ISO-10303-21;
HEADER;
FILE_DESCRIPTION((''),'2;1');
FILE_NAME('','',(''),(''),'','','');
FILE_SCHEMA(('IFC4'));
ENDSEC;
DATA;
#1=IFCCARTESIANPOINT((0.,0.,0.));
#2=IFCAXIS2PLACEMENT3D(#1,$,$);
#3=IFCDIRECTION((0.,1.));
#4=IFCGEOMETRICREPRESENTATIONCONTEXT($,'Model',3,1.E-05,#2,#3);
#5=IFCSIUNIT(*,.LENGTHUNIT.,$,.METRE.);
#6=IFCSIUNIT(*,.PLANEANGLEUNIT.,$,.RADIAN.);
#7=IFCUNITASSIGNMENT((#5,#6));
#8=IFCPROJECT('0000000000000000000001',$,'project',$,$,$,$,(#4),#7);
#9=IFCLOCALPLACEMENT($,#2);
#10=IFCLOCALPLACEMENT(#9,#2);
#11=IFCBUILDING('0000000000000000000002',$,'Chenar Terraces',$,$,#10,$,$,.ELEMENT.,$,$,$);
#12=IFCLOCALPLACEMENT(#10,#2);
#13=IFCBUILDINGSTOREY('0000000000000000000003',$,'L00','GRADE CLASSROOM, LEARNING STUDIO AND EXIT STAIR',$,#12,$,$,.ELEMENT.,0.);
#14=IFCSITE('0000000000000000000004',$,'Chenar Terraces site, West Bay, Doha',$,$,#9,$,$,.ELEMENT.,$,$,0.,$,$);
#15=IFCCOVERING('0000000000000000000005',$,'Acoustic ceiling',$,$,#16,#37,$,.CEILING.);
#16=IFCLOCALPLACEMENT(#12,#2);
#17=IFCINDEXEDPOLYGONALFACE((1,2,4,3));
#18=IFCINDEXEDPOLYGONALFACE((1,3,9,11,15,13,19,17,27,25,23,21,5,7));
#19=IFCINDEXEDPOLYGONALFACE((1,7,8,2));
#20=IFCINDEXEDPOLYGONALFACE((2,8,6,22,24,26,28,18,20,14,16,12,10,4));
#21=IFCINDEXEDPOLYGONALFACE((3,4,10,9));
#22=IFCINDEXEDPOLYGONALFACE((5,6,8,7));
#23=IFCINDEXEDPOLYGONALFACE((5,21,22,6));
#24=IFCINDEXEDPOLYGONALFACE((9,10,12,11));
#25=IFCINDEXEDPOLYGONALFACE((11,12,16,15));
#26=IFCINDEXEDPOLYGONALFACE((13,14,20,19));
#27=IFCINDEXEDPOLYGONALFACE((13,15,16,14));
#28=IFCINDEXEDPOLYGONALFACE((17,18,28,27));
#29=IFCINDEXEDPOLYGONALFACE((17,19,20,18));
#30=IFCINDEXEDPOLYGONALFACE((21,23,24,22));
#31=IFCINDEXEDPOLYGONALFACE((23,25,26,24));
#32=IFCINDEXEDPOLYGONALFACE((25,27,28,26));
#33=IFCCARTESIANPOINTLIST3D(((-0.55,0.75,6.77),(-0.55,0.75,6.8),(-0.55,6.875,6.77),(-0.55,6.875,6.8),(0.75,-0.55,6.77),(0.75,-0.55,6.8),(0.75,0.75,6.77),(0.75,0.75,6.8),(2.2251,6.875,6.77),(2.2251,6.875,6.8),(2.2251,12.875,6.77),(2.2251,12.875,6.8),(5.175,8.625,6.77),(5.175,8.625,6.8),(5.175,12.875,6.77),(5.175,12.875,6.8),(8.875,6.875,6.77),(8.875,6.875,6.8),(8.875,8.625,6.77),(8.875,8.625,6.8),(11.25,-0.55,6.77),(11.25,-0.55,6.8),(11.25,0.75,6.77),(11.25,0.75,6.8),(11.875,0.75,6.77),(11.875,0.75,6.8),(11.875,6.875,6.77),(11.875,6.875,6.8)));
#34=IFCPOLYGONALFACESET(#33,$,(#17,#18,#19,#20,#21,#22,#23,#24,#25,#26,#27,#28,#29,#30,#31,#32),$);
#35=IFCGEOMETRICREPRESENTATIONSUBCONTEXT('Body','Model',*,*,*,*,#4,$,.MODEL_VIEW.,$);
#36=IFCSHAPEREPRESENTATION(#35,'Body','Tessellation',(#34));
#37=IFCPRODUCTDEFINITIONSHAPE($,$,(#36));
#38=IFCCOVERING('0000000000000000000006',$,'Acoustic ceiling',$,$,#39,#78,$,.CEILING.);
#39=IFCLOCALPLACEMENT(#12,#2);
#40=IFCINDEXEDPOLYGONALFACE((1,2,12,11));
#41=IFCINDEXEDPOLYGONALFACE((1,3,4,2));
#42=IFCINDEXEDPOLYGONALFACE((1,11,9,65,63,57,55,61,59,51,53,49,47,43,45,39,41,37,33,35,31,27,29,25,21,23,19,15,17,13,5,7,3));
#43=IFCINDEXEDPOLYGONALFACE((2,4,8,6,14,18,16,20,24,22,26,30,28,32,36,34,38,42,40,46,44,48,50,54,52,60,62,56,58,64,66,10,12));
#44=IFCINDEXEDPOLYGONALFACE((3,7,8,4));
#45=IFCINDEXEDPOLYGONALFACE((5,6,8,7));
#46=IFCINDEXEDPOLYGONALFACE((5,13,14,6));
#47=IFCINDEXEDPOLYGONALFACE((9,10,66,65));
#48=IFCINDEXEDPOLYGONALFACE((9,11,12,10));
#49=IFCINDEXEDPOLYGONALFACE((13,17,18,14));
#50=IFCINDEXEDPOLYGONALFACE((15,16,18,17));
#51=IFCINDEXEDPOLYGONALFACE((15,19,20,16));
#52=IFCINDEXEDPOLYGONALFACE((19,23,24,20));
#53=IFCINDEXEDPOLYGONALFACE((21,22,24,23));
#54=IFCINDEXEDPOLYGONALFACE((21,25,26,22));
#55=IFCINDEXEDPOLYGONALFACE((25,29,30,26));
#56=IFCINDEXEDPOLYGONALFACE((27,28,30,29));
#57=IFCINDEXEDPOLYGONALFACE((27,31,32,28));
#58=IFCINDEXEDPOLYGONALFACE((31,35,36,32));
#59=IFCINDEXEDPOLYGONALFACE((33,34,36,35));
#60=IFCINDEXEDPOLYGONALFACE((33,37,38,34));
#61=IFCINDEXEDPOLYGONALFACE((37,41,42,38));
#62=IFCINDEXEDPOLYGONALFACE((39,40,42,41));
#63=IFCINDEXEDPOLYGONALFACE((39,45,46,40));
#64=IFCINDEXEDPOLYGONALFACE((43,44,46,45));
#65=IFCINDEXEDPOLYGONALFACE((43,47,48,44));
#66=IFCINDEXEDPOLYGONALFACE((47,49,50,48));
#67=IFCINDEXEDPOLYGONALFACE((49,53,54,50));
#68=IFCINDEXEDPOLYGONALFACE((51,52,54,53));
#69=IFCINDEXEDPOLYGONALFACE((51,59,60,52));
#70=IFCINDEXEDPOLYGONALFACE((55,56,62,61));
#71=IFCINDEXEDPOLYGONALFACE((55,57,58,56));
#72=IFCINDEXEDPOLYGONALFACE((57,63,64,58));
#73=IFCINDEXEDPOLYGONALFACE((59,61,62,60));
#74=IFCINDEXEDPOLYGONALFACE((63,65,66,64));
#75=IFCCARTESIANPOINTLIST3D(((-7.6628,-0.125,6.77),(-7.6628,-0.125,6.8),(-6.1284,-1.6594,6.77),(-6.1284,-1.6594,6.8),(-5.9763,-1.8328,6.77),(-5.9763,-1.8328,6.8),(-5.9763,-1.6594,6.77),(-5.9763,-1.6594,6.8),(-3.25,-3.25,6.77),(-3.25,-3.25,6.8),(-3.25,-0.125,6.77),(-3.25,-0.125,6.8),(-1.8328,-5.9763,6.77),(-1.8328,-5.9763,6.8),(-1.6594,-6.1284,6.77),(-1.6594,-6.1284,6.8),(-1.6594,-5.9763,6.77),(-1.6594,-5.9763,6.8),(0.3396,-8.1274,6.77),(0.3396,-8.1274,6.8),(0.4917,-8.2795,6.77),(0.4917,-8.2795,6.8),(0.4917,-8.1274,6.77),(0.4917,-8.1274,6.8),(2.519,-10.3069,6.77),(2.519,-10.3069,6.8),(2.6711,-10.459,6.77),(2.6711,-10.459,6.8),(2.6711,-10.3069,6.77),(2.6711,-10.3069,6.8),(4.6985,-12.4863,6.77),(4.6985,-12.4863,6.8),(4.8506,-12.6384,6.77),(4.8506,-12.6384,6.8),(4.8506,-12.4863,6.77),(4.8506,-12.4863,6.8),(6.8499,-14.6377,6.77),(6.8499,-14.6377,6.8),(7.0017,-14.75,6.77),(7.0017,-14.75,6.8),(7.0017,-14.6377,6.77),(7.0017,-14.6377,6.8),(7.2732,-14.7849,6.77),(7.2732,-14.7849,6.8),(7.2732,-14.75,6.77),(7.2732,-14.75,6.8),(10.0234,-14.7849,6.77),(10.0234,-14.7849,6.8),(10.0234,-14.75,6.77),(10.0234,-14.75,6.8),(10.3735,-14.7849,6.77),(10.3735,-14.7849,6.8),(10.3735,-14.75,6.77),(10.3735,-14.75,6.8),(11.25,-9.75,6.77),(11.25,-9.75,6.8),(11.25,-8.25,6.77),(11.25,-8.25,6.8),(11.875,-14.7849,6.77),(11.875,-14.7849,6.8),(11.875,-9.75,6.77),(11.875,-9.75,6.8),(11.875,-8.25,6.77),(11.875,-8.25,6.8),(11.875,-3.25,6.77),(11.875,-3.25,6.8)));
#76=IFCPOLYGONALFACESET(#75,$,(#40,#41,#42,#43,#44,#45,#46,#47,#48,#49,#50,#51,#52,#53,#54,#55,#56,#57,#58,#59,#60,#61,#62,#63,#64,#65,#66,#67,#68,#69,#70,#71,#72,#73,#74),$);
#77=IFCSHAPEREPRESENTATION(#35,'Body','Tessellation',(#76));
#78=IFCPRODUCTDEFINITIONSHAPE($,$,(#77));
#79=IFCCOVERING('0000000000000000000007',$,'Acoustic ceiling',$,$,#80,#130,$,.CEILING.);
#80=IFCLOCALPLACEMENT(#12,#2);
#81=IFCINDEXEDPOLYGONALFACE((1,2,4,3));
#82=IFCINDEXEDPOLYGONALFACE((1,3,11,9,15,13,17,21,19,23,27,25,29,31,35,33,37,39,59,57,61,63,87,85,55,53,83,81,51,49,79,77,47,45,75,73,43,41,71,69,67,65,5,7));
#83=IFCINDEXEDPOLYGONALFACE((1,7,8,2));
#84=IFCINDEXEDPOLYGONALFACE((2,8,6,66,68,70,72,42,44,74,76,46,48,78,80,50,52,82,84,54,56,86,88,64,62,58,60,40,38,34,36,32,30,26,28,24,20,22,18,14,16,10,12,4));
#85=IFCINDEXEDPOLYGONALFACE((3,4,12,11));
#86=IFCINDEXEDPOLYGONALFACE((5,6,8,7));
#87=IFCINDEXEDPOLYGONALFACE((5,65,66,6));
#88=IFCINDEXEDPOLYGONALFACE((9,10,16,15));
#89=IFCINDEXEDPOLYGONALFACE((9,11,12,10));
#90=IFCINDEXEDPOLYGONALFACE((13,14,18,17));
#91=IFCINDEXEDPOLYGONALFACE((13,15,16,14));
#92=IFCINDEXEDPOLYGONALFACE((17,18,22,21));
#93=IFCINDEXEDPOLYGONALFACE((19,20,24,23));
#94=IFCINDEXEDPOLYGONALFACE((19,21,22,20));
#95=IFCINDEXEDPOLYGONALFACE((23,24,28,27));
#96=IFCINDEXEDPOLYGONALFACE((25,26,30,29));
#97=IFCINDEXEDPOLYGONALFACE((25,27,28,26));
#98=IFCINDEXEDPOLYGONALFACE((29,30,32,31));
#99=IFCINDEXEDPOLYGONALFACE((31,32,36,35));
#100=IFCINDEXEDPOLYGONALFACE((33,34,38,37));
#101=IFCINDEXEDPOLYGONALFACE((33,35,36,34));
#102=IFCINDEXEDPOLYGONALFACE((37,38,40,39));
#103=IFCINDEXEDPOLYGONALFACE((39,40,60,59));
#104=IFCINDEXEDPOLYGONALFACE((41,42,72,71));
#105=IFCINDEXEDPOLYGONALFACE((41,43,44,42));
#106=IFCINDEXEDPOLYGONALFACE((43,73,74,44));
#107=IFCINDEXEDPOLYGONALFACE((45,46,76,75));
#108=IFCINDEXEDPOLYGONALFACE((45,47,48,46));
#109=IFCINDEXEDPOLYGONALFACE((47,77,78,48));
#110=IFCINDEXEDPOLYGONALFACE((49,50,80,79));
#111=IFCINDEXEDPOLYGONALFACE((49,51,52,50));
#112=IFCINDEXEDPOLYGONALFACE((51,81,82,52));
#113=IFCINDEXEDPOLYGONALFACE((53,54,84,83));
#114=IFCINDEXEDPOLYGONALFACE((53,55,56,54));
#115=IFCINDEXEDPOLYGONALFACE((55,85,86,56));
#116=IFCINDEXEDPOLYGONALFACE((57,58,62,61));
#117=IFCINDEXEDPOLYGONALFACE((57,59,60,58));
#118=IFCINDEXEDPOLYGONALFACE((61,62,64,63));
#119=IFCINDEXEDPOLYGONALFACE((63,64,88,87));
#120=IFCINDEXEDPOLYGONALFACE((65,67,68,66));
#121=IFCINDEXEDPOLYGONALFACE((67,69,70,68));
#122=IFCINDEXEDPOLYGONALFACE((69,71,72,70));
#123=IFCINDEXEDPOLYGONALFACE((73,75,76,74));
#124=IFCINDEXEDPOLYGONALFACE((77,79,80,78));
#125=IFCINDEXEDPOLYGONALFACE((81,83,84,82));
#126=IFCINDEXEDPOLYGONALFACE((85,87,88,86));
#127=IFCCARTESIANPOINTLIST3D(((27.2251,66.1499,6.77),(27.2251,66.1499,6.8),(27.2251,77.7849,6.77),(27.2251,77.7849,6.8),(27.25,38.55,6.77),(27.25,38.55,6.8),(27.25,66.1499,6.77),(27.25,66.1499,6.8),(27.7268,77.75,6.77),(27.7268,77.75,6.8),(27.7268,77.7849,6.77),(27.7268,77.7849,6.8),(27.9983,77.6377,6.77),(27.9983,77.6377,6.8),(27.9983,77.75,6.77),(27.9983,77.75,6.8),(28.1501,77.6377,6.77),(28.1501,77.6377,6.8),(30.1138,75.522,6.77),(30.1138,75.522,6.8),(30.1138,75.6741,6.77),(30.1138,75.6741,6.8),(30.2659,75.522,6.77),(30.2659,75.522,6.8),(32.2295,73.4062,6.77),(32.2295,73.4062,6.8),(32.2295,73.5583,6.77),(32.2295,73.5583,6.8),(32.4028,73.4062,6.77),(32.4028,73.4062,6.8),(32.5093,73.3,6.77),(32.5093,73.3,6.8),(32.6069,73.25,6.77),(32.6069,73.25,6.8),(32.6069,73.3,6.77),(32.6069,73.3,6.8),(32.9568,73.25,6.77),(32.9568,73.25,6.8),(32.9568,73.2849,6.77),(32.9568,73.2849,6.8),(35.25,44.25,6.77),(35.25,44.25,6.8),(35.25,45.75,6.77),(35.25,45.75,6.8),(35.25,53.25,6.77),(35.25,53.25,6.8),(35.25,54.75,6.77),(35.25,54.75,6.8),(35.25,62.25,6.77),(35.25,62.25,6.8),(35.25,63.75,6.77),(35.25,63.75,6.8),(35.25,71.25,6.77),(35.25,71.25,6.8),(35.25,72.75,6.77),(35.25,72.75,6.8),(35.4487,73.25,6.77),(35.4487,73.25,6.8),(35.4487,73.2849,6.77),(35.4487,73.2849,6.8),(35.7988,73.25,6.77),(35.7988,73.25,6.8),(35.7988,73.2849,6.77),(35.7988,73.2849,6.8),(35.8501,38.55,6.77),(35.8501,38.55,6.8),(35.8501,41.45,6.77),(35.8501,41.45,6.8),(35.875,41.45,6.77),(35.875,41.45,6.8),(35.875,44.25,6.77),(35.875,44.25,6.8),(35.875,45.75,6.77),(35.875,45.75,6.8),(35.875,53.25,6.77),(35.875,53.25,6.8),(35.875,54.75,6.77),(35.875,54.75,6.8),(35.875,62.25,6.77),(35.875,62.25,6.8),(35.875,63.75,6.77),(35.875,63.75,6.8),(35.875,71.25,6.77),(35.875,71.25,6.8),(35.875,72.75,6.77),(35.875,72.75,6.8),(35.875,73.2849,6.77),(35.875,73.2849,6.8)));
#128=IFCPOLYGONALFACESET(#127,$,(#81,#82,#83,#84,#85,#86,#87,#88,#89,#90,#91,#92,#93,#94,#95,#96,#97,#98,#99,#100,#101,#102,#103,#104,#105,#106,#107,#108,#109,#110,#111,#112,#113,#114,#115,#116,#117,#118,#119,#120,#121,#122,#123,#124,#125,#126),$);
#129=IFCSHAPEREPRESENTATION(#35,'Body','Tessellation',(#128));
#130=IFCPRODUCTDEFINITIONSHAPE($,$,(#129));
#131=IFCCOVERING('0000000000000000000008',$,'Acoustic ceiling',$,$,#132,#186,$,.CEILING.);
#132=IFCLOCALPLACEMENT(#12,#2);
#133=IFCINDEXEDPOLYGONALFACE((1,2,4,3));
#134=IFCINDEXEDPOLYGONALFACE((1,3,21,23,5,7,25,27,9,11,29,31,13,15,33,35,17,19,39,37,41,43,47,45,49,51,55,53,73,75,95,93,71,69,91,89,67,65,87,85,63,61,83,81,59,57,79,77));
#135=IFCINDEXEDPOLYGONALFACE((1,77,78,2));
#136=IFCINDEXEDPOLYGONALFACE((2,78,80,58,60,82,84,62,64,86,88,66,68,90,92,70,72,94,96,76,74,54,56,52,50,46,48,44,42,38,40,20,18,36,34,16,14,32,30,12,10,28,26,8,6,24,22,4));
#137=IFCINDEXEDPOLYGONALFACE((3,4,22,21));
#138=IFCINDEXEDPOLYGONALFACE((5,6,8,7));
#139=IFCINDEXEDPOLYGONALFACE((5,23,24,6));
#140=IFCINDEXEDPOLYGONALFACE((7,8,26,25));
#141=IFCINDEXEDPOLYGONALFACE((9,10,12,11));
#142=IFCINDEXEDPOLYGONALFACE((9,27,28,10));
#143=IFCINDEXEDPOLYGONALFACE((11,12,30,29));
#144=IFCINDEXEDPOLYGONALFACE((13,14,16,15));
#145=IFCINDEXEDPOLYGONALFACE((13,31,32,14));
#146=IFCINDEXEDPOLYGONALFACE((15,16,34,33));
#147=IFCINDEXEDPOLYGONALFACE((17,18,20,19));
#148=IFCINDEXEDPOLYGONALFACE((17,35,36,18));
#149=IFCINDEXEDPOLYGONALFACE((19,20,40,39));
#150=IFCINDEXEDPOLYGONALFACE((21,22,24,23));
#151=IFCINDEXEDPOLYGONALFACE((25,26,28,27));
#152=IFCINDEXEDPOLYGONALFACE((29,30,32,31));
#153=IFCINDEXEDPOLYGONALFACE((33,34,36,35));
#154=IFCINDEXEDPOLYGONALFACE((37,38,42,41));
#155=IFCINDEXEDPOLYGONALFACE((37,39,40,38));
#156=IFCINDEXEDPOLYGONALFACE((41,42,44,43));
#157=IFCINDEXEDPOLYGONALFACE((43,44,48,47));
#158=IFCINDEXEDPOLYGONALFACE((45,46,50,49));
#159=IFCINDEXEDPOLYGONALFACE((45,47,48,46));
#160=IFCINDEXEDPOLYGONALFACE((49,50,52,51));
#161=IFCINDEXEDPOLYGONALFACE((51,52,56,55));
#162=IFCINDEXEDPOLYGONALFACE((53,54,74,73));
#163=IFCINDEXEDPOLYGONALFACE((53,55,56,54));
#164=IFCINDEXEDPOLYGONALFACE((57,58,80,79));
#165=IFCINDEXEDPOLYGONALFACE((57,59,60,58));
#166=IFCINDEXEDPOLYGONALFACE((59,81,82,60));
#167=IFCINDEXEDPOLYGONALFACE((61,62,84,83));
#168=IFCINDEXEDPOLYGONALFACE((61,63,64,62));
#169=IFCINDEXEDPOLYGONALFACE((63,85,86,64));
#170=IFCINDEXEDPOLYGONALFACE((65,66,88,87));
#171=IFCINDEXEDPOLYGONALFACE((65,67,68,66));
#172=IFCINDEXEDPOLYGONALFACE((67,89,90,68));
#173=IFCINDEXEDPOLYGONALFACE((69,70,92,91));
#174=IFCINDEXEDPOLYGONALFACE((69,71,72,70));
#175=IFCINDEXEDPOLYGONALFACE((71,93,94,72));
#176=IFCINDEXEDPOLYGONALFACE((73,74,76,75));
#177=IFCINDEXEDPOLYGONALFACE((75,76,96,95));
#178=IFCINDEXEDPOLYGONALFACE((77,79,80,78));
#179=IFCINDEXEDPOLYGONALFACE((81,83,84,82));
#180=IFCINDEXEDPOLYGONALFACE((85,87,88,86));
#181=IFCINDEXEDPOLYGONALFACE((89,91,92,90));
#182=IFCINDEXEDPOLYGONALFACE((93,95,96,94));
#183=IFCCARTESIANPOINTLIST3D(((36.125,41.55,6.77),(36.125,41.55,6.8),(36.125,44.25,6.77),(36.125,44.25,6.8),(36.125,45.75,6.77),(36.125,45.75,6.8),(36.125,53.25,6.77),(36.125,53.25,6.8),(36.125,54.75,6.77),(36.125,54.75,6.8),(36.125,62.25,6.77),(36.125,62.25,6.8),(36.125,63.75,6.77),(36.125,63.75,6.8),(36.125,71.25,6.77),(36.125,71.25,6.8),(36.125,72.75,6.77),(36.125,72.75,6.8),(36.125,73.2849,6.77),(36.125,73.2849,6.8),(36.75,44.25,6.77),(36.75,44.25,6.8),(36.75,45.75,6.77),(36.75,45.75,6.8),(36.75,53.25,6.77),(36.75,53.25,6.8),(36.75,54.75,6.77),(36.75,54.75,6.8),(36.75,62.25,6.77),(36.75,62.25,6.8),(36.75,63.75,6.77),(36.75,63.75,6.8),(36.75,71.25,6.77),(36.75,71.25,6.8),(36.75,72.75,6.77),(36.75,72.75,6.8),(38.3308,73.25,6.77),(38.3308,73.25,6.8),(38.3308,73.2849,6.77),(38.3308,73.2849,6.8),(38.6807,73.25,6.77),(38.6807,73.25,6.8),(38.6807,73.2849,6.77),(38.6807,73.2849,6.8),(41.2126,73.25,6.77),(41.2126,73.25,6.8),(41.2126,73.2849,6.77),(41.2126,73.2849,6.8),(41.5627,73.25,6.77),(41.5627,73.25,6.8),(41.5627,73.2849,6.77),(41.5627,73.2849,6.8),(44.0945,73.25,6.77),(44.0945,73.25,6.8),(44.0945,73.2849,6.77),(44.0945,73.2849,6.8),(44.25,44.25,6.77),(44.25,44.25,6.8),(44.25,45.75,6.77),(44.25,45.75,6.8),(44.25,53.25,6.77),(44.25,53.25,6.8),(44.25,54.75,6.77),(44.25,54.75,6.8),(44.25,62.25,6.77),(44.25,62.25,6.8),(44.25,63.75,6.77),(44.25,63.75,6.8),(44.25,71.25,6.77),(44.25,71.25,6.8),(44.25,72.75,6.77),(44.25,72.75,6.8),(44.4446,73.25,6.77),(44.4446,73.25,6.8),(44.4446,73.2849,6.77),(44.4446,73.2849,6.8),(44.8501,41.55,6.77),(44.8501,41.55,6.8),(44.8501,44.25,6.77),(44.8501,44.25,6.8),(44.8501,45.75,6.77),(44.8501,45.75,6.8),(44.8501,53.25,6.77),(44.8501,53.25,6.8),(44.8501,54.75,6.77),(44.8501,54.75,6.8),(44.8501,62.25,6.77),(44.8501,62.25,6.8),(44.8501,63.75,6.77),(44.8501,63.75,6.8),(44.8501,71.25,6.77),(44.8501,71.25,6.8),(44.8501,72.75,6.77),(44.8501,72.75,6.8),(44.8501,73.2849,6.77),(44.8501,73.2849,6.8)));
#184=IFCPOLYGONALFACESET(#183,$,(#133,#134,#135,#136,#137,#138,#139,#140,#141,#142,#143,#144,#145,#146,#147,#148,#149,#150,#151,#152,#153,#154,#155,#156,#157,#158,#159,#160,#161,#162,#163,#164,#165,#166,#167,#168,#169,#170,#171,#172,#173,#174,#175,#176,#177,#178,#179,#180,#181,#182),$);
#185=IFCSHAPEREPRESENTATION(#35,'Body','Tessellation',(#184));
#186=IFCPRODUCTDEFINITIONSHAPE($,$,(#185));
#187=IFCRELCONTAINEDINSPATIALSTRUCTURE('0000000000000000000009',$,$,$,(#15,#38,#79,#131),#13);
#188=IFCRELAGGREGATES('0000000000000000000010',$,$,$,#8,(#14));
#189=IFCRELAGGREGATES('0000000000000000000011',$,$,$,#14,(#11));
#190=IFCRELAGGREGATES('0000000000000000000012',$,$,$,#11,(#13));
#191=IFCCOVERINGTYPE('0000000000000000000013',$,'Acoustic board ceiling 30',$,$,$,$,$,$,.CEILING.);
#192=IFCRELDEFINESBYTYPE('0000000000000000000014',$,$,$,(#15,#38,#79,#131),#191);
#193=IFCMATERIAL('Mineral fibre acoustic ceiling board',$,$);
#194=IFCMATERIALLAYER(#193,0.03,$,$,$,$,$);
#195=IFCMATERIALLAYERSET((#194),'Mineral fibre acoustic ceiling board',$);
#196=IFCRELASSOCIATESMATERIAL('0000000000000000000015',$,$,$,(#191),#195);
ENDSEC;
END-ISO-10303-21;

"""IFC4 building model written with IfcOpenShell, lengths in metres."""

from ifc_helpers import new_model, si_unit, direction, frame, origin, place, context, subcontext, project, spatial, polyline, outline, extrude, material, layer, layer_set, type_object, element, save


model = new_model("IFC4")

# Units and contexts
model_context = context("Model", 3, precision=1e-05, world=origin(), true_north=direction((0.0, 1.0)))
body_context = subcontext(model_context, "Body", "Model", "MODEL_VIEW")
ifc_project = project(units=[si_unit("LENGTHUNIT", "METRE"), si_unit("PLANEANGLEUNIT", "RADIAN")], contexts=[model_context])

# Site, building, storey
site_placement = place(None, origin())
site = spatial("IfcSite", under=ifc_project, at=site_placement, Name="Chenar Terraces site, West Bay, Doha", CompositionType="ELEMENT", RefElevation=0.0)
building_placement = place(site_placement, origin())
building = spatial("IfcBuilding", under=site, at=building_placement, Name="Chenar Terraces", CompositionType="ELEMENT")
storey_placement = place(building_placement, origin())
storey = spatial("IfcBuildingStorey", under=building, at=storey_placement, Name="L00", Description="GRADE CLASSROOM, LEARNING STUDIO AND EXIT STAIR", CompositionType="ELEMENT", Elevation=0.0)

# Coverings
ifc_material_1 = material(Name="Mineral fibre acoustic ceiling board")
ifc_layer_1 = layer(ifc_material_1, 0.03)
ifc_layer_set_1 = layer_set([ifc_layer_1], Name="Mineral fibre acoustic ceiling board")
covering_type_1 = type_object("IfcCoveringType", Name="Acoustic board ceiling 30", PredefinedType="CEILING", material=ifc_layer_set_1)
placement_1 = place(storey_placement, frame((0.0, 0.0, 6.77)))
element("IfcCovering", 1, at=placement_1, inside=storey, type_object=covering_type_1, Name="Acoustic ceiling", PredefinedType="CEILING", context=body_context, shape_type="SweptSolid", body=[
    extrude(outline(polyline([(8.875, 6.875), (11.875, 6.875), (11.875, 0.75), (11.25, 0.75), (11.25, -0.55), (0.75, -0.55), (0.75, 0.75), (-0.55, 0.75), (-0.55, 6.875), (2.2251, 6.875), (2.2251, 12.875), (5.175, 12.875), (5.175, 8.625), (8.875, 8.625), (8.875, 6.875)])), origin(), (0.0, 0.0, 1.0), 0.03),
])
element("IfcCovering", 2, at=placement_1, inside=storey, type_object=covering_type_1, Name="Acoustic ceiling", PredefinedType="CEILING", context=body_context, shape_type="SweptSolid", body=[
    extrude(outline(polyline([(-3.25, -0.125), (-3.25, -3.25), (11.875, -3.25), (11.875, -8.25), (11.25, -8.25), (11.25, -9.75), (11.875, -9.75), (11.875, -14.7849), (10.3735, -14.7849), (10.3735, -14.75), (10.0234, -14.75), (10.0234, -14.7849), (7.2732, -14.7849), (7.2732, -14.75), (7.0017, -14.75), (7.0017, -14.6377), (6.8499, -14.6377), (4.8506, -12.6384), (4.8506, -12.4863), (4.6985, -12.4863), (2.6711, -10.459), (2.6711, -10.3069), (2.519, -10.3069), (0.4917, -8.2795), (0.4917, -8.1274), (0.3396, -8.1274), (-1.6594, -6.1284), (-1.6594, -5.9763), (-1.8328, -5.9763), (-5.9763, -1.8328), (-5.9763, -1.6594), (-6.1284, -1.6594), (-7.6628, -0.125), (-3.25, -0.125)])), origin(), (0.0, 0.0, 1.0), 0.03),
])
element("IfcCovering", 3, at=placement_1, inside=storey, type_object=covering_type_1, Name="Acoustic ceiling", PredefinedType="CEILING", context=body_context, shape_type="SweptSolid", body=[
    extrude(outline(polyline([(32.5093, 73.3), (32.6069, 73.3), (32.6069, 73.25), (32.9568, 73.25), (32.9568, 73.2849), (35.4487, 73.2849), (35.4487, 73.25), (35.7988, 73.25), (35.7988, 73.2849), (35.875, 73.2849), (35.875, 72.75), (35.25, 72.75), (35.25, 71.25), (35.875, 71.25), (35.875, 63.75), (35.25, 63.75), (35.25, 62.25), (35.875, 62.25), (35.875, 54.75), (35.25, 54.75), (35.25, 53.25), (35.875, 53.25), (35.875, 45.75), (35.25, 45.75), (35.25, 44.25), (35.875, 44.25), (35.875, 41.45), (35.8501, 41.45), (35.8501, 38.55), (27.25, 38.55), (27.25, 66.1499), (27.2251, 66.1499), (27.2251, 77.7849), (27.7268, 77.7849), (27.7268, 77.75), (27.9983, 77.75), (27.9983, 77.6377), (28.1501, 77.6377), (30.1138, 75.6741), (30.1138, 75.522), (30.2659, 75.522), (32.2295, 73.5583), (32.2295, 73.4062), (32.4028, 73.4062), (32.5093, 73.3)])), origin(), (0.0, 0.0, 1.0), 0.03),
])
element("IfcCovering", 4, at=placement_1, inside=storey, type_object=covering_type_1, Name="Acoustic ceiling", PredefinedType="CEILING", context=body_context, shape_type="SweptSolid", body=[
    extrude(outline(polyline([(36.125, 44.25), (36.75, 44.25), (36.75, 45.75), (36.125, 45.75), (36.125, 53.25), (36.75, 53.25), (36.75, 54.75), (36.125, 54.75), (36.125, 62.25), (36.75, 62.25), (36.75, 63.75), (36.125, 63.75), (36.125, 71.25), (36.75, 71.25), (36.75, 72.75), (36.125, 72.75), (36.125, 73.2849), (38.3308, 73.2849), (38.3308, 73.25), (38.6807, 73.25), (38.6807, 73.2849), (41.2126, 73.2849), (41.2126, 73.25), (41.5627, 73.25), (41.5627, 73.2849), (44.0945, 73.2849), (44.0945, 73.25), (44.4446, 73.25), (44.4446, 73.2849), (44.8501, 73.2849), (44.8501, 72.75), (44.25, 72.75), (44.25, 71.25), (44.8501, 71.25), (44.8501, 63.75), (44.25, 63.75), (44.25, 62.25), (44.8501, 62.25), (44.8501, 54.75), (44.25, 54.75), (44.25, 53.25), (44.8501, 53.25), (44.8501, 45.75), (44.25, 45.75), (44.25, 44.25), (44.8501, 44.25), (44.8501, 41.55), (36.125, 41.55), (36.125, 44.25)])), origin(), (0.0, 0.0, 1.0), 0.03),
])

save(model, "model.ifc")
